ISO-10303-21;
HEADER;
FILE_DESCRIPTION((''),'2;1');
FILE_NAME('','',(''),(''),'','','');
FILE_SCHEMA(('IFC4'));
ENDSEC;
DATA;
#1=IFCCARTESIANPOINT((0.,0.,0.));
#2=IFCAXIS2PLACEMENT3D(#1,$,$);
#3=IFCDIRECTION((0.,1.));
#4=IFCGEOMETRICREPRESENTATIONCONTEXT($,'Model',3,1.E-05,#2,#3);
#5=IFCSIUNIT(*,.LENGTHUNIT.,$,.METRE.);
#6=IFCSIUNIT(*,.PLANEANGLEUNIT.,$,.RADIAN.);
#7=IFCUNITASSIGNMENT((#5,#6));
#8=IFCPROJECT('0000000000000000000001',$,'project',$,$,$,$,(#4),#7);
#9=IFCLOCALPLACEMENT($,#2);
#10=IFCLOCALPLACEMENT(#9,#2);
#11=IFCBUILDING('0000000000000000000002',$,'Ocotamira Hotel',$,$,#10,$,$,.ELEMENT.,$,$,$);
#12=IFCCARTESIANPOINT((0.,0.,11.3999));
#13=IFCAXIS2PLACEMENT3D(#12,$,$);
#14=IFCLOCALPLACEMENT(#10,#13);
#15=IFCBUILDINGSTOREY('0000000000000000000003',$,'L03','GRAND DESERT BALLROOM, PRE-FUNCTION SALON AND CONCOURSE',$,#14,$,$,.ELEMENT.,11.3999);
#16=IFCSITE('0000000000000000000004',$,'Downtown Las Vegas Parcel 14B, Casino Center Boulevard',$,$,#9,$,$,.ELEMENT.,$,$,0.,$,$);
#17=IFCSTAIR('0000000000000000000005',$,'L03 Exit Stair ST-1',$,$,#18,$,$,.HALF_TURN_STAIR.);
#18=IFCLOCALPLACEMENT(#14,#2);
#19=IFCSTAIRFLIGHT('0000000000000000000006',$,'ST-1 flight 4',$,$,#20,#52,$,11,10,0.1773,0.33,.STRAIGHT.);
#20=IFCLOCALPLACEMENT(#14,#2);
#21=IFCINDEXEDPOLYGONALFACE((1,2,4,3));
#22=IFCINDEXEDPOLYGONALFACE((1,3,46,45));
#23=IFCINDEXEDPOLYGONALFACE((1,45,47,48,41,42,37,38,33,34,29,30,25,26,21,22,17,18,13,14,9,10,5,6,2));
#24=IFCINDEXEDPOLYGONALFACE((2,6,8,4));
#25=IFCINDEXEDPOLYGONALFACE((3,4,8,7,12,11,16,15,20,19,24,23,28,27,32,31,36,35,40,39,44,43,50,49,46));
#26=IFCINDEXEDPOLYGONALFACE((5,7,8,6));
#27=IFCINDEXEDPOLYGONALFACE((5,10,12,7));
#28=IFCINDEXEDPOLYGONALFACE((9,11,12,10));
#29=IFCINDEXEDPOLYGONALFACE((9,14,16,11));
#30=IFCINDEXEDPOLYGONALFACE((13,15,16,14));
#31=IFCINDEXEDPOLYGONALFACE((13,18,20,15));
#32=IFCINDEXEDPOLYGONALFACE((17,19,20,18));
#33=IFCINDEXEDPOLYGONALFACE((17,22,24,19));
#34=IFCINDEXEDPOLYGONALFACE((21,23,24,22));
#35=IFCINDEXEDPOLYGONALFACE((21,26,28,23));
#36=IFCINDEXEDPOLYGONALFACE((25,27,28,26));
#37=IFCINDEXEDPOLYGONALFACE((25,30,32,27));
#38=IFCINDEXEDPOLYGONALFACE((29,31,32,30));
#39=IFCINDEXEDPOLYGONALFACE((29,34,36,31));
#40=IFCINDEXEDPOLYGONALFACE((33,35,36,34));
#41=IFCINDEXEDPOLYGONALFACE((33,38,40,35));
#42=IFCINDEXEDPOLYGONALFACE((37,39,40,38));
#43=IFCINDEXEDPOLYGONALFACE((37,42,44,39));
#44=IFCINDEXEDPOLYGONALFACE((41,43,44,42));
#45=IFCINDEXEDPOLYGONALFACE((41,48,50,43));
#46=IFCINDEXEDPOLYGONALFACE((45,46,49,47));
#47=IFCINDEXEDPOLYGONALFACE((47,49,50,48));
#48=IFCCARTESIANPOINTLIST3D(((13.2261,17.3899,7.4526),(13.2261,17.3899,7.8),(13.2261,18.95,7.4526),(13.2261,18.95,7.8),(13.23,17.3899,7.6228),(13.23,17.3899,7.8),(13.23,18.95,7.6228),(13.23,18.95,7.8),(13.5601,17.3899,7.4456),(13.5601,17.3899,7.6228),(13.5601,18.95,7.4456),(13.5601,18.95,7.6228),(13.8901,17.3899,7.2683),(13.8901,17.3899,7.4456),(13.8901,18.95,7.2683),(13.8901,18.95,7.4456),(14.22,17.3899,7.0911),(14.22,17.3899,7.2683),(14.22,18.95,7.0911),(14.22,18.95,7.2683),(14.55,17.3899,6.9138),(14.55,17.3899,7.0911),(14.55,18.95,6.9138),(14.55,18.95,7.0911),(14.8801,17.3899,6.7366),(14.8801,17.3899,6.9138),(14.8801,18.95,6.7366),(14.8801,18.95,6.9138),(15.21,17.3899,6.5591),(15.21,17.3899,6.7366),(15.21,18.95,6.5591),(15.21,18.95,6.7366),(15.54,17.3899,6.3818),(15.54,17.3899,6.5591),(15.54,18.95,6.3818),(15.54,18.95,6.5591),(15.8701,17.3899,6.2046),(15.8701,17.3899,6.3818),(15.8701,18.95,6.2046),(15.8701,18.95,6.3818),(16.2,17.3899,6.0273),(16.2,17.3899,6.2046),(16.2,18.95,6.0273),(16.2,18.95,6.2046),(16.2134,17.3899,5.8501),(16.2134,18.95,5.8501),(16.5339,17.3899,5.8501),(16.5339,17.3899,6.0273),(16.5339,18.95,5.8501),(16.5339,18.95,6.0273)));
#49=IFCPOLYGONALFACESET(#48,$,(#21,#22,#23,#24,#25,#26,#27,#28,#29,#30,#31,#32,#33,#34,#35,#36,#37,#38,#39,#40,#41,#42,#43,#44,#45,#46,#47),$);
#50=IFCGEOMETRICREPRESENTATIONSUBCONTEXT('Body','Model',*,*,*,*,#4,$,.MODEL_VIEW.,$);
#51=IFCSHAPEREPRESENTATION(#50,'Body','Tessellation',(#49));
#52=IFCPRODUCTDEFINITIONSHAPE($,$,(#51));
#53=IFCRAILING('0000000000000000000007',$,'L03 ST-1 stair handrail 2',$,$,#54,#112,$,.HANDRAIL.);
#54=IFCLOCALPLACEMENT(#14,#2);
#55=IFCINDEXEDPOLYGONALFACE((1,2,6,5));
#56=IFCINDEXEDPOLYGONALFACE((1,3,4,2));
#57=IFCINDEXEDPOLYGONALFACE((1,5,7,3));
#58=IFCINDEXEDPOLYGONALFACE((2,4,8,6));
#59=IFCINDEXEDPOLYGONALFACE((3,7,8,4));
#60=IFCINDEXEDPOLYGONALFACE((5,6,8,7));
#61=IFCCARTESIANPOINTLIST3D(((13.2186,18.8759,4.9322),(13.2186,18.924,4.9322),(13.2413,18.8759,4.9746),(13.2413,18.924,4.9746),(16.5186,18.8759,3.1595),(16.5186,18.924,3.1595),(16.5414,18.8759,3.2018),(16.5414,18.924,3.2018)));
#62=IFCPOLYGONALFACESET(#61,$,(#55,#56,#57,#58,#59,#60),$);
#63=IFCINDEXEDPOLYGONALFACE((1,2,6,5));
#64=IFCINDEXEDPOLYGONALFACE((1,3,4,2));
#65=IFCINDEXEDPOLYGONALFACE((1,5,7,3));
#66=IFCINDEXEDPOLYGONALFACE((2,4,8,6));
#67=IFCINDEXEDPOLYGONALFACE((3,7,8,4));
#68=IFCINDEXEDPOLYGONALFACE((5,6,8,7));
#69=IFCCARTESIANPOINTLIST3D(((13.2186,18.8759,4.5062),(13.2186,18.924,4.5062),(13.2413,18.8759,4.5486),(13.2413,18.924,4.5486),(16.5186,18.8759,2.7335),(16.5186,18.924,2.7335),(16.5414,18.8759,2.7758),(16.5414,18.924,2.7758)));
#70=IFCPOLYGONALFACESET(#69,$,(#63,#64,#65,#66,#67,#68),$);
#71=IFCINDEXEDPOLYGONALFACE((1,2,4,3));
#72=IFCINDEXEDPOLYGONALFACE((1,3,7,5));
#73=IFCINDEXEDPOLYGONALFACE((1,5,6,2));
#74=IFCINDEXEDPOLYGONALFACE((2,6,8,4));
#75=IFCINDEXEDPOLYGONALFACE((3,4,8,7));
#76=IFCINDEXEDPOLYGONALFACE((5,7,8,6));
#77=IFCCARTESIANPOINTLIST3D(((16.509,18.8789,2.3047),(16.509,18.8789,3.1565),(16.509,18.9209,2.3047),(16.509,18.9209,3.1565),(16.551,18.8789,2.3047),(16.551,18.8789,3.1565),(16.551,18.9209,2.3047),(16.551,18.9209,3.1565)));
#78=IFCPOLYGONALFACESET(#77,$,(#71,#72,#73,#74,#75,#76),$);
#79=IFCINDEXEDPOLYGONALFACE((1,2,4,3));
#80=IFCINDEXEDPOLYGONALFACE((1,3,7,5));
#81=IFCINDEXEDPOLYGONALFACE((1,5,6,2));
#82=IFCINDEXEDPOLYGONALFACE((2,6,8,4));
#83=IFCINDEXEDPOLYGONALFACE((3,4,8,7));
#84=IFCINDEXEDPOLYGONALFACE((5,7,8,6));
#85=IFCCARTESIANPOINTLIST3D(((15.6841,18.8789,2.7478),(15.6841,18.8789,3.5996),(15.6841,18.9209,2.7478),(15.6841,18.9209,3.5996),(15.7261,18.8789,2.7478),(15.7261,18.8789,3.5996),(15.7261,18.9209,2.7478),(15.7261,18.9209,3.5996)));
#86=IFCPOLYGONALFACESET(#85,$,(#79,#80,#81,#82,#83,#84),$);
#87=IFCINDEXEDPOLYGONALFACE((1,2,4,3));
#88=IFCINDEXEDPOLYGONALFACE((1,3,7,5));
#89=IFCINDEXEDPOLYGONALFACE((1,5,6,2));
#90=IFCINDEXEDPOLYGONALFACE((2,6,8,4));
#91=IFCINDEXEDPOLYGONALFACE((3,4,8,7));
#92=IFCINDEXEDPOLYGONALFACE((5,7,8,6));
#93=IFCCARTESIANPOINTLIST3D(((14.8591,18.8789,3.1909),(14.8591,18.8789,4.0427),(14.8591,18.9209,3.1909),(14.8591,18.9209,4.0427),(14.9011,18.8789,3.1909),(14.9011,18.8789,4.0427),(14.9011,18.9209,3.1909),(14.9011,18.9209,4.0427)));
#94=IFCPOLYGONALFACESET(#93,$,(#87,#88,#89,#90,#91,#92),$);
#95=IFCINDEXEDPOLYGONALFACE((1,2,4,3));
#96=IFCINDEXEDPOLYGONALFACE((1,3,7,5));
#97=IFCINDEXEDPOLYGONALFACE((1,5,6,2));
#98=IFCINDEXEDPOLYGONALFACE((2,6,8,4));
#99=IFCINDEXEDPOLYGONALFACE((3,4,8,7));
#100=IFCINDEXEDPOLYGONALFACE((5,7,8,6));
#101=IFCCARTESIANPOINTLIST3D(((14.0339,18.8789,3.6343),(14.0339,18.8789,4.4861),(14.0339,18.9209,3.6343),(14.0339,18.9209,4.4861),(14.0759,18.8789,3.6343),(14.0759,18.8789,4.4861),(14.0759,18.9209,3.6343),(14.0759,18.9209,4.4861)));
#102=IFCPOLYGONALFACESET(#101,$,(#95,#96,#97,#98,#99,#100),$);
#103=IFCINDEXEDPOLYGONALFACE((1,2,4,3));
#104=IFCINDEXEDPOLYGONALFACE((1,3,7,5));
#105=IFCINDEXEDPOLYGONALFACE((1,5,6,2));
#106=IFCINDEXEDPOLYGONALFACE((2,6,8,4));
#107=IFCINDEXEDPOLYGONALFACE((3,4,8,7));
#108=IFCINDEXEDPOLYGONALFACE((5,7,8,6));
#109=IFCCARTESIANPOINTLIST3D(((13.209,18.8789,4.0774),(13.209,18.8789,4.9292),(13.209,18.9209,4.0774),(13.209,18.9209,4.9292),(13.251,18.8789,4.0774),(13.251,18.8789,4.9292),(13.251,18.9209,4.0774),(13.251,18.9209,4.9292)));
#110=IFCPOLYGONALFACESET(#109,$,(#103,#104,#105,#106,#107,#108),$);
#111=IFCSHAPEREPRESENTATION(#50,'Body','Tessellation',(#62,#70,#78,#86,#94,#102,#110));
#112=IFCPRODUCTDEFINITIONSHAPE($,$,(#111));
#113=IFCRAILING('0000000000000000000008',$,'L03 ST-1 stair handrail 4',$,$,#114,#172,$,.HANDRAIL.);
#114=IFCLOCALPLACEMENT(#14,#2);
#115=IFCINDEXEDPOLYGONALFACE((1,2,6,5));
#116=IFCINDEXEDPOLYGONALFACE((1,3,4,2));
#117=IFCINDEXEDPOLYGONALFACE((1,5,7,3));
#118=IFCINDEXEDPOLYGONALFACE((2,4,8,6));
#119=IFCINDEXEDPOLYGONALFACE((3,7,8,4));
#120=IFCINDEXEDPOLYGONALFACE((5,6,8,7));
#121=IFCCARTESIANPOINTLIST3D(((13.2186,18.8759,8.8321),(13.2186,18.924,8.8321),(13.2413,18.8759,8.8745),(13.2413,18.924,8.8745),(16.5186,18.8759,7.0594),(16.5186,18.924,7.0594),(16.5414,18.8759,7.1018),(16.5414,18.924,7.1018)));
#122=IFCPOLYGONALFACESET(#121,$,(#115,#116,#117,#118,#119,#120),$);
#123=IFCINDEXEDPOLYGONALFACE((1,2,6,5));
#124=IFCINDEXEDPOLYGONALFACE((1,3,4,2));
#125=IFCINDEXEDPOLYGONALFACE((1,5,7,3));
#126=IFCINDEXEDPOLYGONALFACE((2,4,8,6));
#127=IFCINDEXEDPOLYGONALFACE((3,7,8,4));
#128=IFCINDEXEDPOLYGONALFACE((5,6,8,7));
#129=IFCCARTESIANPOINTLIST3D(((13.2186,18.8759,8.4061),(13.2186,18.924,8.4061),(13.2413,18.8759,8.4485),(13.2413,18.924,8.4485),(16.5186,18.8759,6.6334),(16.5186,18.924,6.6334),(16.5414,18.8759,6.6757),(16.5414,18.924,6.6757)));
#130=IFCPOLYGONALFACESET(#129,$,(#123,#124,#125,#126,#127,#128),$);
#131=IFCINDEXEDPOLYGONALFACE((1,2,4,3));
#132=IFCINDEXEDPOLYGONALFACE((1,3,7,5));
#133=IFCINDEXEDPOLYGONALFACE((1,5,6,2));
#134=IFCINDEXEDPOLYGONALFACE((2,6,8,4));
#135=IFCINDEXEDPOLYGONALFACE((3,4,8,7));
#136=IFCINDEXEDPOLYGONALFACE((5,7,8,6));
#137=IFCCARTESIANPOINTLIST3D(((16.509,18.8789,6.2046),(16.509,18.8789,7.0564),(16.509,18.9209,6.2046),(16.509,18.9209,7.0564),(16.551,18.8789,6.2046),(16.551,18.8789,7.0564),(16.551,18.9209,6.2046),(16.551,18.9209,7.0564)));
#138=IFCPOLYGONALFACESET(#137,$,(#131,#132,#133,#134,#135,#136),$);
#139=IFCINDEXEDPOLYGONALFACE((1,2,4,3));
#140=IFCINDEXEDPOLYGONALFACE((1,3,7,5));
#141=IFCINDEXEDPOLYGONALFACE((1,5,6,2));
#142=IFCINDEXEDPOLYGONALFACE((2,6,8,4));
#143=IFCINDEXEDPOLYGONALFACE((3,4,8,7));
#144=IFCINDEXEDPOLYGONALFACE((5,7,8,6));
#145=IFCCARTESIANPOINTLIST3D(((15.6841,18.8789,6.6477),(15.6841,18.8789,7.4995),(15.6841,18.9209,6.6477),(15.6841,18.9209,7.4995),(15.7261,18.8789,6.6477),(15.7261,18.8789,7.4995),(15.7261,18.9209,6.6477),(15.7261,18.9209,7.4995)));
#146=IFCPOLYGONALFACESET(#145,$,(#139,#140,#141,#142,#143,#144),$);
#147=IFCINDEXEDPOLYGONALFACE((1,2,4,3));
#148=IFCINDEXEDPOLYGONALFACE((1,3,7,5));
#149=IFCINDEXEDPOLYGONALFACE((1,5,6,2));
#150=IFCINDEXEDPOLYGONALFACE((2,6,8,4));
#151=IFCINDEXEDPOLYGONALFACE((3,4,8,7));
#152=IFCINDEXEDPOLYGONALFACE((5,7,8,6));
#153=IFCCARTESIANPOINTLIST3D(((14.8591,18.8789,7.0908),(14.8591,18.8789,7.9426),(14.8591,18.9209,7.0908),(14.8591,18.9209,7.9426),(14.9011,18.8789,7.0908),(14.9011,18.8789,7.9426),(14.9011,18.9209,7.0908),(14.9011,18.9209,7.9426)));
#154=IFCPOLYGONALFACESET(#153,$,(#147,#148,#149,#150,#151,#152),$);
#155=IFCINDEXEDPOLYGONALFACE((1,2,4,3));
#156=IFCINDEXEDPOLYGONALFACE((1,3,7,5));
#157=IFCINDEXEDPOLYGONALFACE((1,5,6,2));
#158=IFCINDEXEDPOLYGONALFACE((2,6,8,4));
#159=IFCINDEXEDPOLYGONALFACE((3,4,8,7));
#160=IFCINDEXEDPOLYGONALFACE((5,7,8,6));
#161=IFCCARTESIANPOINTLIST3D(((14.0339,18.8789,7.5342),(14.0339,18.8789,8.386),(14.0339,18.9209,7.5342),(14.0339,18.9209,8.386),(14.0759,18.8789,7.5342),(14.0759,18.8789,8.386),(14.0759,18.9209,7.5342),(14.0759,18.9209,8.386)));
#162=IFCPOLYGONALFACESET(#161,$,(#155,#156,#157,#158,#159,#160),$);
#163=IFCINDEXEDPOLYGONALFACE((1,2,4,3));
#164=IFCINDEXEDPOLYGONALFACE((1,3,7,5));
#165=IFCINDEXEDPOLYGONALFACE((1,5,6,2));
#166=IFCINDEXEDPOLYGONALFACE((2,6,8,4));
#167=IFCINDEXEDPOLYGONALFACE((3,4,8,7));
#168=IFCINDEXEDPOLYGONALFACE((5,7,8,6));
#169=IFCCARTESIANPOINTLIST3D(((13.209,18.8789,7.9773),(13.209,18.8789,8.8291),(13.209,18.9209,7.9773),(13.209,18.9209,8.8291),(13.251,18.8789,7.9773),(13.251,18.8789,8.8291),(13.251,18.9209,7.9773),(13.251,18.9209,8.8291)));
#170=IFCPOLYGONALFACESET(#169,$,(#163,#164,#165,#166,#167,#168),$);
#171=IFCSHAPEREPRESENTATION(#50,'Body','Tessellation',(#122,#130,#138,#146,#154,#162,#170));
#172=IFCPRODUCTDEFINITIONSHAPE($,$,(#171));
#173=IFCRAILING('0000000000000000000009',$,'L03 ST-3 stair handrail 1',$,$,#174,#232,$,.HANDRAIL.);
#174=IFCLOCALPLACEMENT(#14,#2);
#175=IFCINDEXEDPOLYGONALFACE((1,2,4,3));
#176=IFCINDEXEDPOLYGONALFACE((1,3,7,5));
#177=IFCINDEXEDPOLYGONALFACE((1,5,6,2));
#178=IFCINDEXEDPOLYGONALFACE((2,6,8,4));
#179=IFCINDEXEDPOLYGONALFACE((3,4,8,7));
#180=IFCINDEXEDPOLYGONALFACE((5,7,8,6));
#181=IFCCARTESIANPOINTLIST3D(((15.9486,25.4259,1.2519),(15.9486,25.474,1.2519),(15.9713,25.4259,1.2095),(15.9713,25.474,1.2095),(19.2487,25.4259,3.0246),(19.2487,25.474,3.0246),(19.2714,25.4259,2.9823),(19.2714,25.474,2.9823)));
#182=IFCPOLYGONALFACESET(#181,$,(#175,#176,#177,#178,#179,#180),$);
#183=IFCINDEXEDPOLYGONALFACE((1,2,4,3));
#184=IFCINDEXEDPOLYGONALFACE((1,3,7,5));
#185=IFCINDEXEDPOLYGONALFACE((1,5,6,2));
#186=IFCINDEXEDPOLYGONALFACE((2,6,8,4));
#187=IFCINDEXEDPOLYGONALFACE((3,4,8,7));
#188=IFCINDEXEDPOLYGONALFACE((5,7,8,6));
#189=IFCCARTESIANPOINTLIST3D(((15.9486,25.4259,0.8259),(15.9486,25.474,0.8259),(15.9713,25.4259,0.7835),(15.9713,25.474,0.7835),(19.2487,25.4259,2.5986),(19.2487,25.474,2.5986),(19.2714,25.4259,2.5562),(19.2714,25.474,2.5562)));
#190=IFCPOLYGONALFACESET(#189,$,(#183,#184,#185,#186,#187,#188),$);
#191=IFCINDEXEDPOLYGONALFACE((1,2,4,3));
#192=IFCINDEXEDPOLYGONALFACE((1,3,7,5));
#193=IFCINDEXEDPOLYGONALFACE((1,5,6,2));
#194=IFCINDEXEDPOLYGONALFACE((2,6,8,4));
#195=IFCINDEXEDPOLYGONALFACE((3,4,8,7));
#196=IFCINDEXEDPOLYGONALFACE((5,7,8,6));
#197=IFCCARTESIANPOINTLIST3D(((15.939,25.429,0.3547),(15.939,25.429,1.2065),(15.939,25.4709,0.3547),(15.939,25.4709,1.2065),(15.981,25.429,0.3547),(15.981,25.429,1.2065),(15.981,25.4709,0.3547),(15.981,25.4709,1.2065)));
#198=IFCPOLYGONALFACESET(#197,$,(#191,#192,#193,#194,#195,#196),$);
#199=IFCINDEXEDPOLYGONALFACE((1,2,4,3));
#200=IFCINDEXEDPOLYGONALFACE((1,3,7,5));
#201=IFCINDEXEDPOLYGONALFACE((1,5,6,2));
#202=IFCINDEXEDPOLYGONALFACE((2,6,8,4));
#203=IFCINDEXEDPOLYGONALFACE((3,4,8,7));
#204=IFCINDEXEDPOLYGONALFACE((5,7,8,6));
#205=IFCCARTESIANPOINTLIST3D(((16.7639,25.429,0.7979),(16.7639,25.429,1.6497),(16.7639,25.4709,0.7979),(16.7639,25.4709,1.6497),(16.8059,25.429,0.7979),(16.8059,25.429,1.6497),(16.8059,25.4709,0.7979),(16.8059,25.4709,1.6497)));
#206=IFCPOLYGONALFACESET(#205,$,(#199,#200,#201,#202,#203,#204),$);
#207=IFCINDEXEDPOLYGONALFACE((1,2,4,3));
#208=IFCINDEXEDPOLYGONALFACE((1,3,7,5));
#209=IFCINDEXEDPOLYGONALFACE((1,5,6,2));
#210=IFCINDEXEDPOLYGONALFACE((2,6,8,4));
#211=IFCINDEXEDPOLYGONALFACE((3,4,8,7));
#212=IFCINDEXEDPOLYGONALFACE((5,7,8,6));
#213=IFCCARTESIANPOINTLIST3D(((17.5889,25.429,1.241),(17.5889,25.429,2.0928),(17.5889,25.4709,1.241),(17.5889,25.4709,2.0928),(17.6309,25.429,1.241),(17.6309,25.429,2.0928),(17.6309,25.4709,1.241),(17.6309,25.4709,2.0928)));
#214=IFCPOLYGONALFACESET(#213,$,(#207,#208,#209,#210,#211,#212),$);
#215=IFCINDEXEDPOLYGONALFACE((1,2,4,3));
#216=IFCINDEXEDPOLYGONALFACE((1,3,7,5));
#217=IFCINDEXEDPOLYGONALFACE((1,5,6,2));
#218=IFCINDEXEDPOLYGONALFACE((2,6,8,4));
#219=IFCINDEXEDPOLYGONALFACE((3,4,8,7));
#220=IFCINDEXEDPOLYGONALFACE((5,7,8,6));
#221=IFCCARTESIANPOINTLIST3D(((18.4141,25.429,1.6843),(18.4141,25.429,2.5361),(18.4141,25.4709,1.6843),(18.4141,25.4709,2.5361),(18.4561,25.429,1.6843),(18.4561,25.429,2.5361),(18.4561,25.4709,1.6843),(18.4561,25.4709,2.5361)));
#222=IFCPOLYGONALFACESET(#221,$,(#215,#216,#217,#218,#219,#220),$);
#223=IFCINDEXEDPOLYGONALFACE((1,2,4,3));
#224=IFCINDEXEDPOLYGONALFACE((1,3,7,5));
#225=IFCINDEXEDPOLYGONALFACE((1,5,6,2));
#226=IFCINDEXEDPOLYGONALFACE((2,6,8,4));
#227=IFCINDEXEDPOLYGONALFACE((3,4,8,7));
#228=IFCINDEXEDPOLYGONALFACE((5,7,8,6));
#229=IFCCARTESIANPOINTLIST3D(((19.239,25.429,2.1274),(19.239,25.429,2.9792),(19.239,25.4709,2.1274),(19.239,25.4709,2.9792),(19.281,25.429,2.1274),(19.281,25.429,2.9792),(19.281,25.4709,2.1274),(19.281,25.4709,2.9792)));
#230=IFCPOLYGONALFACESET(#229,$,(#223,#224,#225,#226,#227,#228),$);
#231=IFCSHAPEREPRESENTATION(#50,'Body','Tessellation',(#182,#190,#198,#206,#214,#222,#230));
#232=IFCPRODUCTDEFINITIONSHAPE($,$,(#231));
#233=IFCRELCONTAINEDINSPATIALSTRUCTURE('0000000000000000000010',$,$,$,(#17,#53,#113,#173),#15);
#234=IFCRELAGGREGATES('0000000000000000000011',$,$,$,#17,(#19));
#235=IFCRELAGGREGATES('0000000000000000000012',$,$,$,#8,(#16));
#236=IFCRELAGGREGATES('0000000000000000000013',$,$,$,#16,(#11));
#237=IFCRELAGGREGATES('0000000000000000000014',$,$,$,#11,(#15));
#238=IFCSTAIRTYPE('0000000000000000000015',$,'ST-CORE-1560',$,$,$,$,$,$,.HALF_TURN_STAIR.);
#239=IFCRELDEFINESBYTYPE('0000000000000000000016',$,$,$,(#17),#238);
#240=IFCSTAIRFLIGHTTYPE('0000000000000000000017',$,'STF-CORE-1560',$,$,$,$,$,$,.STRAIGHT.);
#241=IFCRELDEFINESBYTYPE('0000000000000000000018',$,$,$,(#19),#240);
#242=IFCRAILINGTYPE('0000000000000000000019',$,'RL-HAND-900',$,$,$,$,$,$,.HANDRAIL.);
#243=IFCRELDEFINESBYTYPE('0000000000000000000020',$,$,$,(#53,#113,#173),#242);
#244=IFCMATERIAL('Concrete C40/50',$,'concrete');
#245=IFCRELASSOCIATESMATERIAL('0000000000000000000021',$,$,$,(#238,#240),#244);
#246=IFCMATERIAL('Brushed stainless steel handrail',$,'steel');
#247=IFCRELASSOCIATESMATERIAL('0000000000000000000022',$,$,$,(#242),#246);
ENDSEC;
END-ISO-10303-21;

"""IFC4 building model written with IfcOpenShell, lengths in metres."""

from ifc_helpers import new_model, si_unit, direction, frame, origin, origin_2d, place, context, subcontext, project, spatial, polyline, rectangle, outline, extrude, source, transform, mapped, material, type_object, element, aggregate, save


model = new_model("IFC4")

# Units and contexts
model_context = context("Model", 3, precision=1e-05, world=origin(), true_north=direction((0.0, 1.0)))
body_context = subcontext(model_context, "Body", "Model", "MODEL_VIEW")
ifc_project = project(units=[si_unit("LENGTHUNIT", "METRE"), si_unit("PLANEANGLEUNIT", "RADIAN")], contexts=[model_context])

# Site, building, storey
site_placement = place(None, origin())
site = spatial("IfcSite", under=ifc_project, at=site_placement, Name="Downtown Las Vegas Parcel 14B, Casino Center Boulevard", CompositionType="ELEMENT", RefElevation=0.0)
building_placement = place(site_placement, origin())
building = spatial("IfcBuilding", under=site, at=building_placement, Name="Ocotamira Hotel", CompositionType="ELEMENT")
storey_placement = place(building_placement, frame((0.0, 0.0, 11.3999)))
storey = spatial("IfcBuildingStorey", under=building, at=storey_placement, Name="L03", Description="GRAND DESERT BALLROOM, PRE-FUNCTION SALON AND CONCOURSE", CompositionType="ELEMENT", Elevation=11.3999)

# Stair, stair flight
ifc_material_1 = material(Name="Concrete C40/50", Category="concrete")
stair_type = type_object("IfcStairType", Name="ST-CORE-1560", PredefinedType="HALF_TURN_STAIR", material=ifc_material_1)
stair_placement = place(storey_placement, origin())
stair = element("IfcStair", 1, at=stair_placement, inside=storey, type_object=stair_type, Name="L03 Exit Stair ST-1", PredefinedType="HALF_TURN_STAIR")
stair_flight_type = type_object("IfcStairFlightType", Name="STF-CORE-1560", PredefinedType="STRAIGHT", material=ifc_material_1)
shared_shape_1 = source(origin(), body_context, "Body", "SweptSolid", [
    extrude(outline(polyline([(-0.0039, 0.0), (-0.0039, 0.1772), (0.3301, 0.1772), (0.3301, 0.3545), (0.6599, 0.3545), (0.6599, 0.5317), (0.99, 0.5317), (0.99, 0.709), (1.3201, 0.709), (1.3201, 0.8865), (1.6499, 0.8865), (1.6499, 1.0637), (1.98, 1.0637), (1.98, 1.241), (2.3101, 1.241), (2.3101, 1.4182), (2.6399, 1.4182), (2.6399, 1.5955), (2.97, 1.5955), (2.97, 1.7727), (3.3, 1.7727), (3.3, 1.95), (3.304, 1.95), (3.304, 1.6025), (0.3167, 0.0), (-0.0039, 0.0)])), frame((0.0, 0.78, 0.0), z_axis=(0.0, -1.0, 0.0), x_axis=(1.0, 0.0, 0.0)), (0.0, 0.0, 1.0), 1.5601),
])
stair_flight_1_placement = place(storey_placement, frame((16.53, 18.1699, 5.8501), z_axis=(0.0, 0.0, 1.0), x_axis=(-1.0, 0.0, 0.0)))
stair_flight_1 = element("IfcStairFlight", 2, at=stair_flight_1_placement, type_object=stair_flight_type, Name="ST-1 flight 4", NumberOfRisers=11, NumberOfTreads=10, PredefinedType="STRAIGHT", RiserHeight=0.1773, TreadLength=0.33, context=body_context, shape_type="MappedRepresentation", body=[
    mapped(shared_shape_1, transform((0.0, 0.0, 0.0), scale=1.0)),
])
aggregate(stair, [stair_flight_1])

# Railings
ifc_material_2 = material(Name="Brushed stainless steel handrail", Category="steel")
railing_type_1 = type_object("IfcRailingType", Name="RL-HAND-900", PredefinedType="HANDRAIL", material=ifc_material_2)
for number, where, name in (
    (3, (16.53, 18.8999, 2.3047), "L03 ST-1 stair handrail 2"),
    (4, (16.53, 18.8999, 6.2046), "L03 ST-1 stair handrail 4"),
):
    element("IfcRailing", number, at=place(storey_placement, frame(where)), inside=storey, type_object=railing_type_1, Name=name, PredefinedType="HANDRAIL", context=body_context, shape_type="SweptSolid", body=[
        extrude(rectangle(XDim=0.0481, YDim=0.0481, at=origin_2d()), frame((0.0, 0.0, 0.876), z_axis=(-0.880944, 0.0, 0.473221), x_axis=(0.0, -1.0, 0.0)), (0.0, 0.0, 1.0), 3.7461),
        extrude(rectangle(XDim=0.0481, YDim=0.0481, at=origin_2d()), frame((0.0, 0.0, 0.45), z_axis=(-0.880944, 0.0, 0.473221), x_axis=(0.0, -1.0, 0.0)), (0.0, 0.0, 1.0), 3.7461),
        extrude(rectangle(XDim=0.042, YDim=0.042, at=origin_2d()), origin(), (0.0, 0.0, 1.0), 0.8518),
        extrude(rectangle(XDim=0.042, YDim=0.042, at=origin_2d()), frame((-0.825, 0.0, 0.4431)), (0.0, 0.0, 1.0), 0.8518),
        extrude(rectangle(XDim=0.042, YDim=0.042, at=origin_2d()), frame((-1.6499, 0.0, 0.8862)), (0.0, 0.0, 1.0), 0.8518),
        extrude(rectangle(XDim=0.042, YDim=0.042, at=origin_2d()), frame((-2.4751, 0.0, 1.3296)), (0.0, 0.0, 1.0), 0.8518),
        extrude(rectangle(XDim=0.042, YDim=0.042, at=origin_2d()), frame((-3.3, 0.0, 1.7727)), (0.0, 0.0, 1.0), 0.8518),
    ])
for number, where, name in (
    (5, (15.96, 25.45, 0.3547), "L03 ST-3 stair handrail 1"),
):
    element("IfcRailing", number, at=place(storey_placement, frame(where)), inside=storey, type_object=railing_type_1, Name=name, PredefinedType="HANDRAIL", context=body_context, shape_type="SweptSolid", body=[
        extrude(rectangle(XDim=0.0481, YDim=0.0481, at=origin_2d()), frame((0.0, 0.0, 0.876), z_axis=(0.880944, 0.0, 0.473221), x_axis=(0.0, 1.0, 0.0)), (0.0, 0.0, 1.0), 3.7461),
        extrude(rectangle(XDim=0.0481, YDim=0.0481, at=origin_2d()), frame((0.0, 0.0, 0.45), z_axis=(0.880944, 0.0, 0.473221), x_axis=(0.0, 1.0, 0.0)), (0.0, 0.0, 1.0), 3.7461),
        extrude(rectangle(XDim=0.042, YDim=0.042, at=origin_2d()), origin(), (0.0, 0.0, 1.0), 0.8518),
        extrude(rectangle(XDim=0.042, YDim=0.042, at=origin_2d()), frame((0.825, 0.0, 0.4431)), (0.0, 0.0, 1.0), 0.8518),
        extrude(rectangle(XDim=0.042, YDim=0.042, at=origin_2d()), frame((1.6499, 0.0, 0.8862)), (0.0, 0.0, 1.0), 0.8518),
        extrude(rectangle(XDim=0.042, YDim=0.042, at=origin_2d()), frame((2.4751, 0.0, 1.3296)), (0.0, 0.0, 1.0), 0.8518),
        extrude(rectangle(XDim=0.042, YDim=0.042, at=origin_2d()), frame((3.3, 0.0, 1.7727)), (0.0, 0.0, 1.0), 0.8518),
    ])

save(model, "model.ifc")
